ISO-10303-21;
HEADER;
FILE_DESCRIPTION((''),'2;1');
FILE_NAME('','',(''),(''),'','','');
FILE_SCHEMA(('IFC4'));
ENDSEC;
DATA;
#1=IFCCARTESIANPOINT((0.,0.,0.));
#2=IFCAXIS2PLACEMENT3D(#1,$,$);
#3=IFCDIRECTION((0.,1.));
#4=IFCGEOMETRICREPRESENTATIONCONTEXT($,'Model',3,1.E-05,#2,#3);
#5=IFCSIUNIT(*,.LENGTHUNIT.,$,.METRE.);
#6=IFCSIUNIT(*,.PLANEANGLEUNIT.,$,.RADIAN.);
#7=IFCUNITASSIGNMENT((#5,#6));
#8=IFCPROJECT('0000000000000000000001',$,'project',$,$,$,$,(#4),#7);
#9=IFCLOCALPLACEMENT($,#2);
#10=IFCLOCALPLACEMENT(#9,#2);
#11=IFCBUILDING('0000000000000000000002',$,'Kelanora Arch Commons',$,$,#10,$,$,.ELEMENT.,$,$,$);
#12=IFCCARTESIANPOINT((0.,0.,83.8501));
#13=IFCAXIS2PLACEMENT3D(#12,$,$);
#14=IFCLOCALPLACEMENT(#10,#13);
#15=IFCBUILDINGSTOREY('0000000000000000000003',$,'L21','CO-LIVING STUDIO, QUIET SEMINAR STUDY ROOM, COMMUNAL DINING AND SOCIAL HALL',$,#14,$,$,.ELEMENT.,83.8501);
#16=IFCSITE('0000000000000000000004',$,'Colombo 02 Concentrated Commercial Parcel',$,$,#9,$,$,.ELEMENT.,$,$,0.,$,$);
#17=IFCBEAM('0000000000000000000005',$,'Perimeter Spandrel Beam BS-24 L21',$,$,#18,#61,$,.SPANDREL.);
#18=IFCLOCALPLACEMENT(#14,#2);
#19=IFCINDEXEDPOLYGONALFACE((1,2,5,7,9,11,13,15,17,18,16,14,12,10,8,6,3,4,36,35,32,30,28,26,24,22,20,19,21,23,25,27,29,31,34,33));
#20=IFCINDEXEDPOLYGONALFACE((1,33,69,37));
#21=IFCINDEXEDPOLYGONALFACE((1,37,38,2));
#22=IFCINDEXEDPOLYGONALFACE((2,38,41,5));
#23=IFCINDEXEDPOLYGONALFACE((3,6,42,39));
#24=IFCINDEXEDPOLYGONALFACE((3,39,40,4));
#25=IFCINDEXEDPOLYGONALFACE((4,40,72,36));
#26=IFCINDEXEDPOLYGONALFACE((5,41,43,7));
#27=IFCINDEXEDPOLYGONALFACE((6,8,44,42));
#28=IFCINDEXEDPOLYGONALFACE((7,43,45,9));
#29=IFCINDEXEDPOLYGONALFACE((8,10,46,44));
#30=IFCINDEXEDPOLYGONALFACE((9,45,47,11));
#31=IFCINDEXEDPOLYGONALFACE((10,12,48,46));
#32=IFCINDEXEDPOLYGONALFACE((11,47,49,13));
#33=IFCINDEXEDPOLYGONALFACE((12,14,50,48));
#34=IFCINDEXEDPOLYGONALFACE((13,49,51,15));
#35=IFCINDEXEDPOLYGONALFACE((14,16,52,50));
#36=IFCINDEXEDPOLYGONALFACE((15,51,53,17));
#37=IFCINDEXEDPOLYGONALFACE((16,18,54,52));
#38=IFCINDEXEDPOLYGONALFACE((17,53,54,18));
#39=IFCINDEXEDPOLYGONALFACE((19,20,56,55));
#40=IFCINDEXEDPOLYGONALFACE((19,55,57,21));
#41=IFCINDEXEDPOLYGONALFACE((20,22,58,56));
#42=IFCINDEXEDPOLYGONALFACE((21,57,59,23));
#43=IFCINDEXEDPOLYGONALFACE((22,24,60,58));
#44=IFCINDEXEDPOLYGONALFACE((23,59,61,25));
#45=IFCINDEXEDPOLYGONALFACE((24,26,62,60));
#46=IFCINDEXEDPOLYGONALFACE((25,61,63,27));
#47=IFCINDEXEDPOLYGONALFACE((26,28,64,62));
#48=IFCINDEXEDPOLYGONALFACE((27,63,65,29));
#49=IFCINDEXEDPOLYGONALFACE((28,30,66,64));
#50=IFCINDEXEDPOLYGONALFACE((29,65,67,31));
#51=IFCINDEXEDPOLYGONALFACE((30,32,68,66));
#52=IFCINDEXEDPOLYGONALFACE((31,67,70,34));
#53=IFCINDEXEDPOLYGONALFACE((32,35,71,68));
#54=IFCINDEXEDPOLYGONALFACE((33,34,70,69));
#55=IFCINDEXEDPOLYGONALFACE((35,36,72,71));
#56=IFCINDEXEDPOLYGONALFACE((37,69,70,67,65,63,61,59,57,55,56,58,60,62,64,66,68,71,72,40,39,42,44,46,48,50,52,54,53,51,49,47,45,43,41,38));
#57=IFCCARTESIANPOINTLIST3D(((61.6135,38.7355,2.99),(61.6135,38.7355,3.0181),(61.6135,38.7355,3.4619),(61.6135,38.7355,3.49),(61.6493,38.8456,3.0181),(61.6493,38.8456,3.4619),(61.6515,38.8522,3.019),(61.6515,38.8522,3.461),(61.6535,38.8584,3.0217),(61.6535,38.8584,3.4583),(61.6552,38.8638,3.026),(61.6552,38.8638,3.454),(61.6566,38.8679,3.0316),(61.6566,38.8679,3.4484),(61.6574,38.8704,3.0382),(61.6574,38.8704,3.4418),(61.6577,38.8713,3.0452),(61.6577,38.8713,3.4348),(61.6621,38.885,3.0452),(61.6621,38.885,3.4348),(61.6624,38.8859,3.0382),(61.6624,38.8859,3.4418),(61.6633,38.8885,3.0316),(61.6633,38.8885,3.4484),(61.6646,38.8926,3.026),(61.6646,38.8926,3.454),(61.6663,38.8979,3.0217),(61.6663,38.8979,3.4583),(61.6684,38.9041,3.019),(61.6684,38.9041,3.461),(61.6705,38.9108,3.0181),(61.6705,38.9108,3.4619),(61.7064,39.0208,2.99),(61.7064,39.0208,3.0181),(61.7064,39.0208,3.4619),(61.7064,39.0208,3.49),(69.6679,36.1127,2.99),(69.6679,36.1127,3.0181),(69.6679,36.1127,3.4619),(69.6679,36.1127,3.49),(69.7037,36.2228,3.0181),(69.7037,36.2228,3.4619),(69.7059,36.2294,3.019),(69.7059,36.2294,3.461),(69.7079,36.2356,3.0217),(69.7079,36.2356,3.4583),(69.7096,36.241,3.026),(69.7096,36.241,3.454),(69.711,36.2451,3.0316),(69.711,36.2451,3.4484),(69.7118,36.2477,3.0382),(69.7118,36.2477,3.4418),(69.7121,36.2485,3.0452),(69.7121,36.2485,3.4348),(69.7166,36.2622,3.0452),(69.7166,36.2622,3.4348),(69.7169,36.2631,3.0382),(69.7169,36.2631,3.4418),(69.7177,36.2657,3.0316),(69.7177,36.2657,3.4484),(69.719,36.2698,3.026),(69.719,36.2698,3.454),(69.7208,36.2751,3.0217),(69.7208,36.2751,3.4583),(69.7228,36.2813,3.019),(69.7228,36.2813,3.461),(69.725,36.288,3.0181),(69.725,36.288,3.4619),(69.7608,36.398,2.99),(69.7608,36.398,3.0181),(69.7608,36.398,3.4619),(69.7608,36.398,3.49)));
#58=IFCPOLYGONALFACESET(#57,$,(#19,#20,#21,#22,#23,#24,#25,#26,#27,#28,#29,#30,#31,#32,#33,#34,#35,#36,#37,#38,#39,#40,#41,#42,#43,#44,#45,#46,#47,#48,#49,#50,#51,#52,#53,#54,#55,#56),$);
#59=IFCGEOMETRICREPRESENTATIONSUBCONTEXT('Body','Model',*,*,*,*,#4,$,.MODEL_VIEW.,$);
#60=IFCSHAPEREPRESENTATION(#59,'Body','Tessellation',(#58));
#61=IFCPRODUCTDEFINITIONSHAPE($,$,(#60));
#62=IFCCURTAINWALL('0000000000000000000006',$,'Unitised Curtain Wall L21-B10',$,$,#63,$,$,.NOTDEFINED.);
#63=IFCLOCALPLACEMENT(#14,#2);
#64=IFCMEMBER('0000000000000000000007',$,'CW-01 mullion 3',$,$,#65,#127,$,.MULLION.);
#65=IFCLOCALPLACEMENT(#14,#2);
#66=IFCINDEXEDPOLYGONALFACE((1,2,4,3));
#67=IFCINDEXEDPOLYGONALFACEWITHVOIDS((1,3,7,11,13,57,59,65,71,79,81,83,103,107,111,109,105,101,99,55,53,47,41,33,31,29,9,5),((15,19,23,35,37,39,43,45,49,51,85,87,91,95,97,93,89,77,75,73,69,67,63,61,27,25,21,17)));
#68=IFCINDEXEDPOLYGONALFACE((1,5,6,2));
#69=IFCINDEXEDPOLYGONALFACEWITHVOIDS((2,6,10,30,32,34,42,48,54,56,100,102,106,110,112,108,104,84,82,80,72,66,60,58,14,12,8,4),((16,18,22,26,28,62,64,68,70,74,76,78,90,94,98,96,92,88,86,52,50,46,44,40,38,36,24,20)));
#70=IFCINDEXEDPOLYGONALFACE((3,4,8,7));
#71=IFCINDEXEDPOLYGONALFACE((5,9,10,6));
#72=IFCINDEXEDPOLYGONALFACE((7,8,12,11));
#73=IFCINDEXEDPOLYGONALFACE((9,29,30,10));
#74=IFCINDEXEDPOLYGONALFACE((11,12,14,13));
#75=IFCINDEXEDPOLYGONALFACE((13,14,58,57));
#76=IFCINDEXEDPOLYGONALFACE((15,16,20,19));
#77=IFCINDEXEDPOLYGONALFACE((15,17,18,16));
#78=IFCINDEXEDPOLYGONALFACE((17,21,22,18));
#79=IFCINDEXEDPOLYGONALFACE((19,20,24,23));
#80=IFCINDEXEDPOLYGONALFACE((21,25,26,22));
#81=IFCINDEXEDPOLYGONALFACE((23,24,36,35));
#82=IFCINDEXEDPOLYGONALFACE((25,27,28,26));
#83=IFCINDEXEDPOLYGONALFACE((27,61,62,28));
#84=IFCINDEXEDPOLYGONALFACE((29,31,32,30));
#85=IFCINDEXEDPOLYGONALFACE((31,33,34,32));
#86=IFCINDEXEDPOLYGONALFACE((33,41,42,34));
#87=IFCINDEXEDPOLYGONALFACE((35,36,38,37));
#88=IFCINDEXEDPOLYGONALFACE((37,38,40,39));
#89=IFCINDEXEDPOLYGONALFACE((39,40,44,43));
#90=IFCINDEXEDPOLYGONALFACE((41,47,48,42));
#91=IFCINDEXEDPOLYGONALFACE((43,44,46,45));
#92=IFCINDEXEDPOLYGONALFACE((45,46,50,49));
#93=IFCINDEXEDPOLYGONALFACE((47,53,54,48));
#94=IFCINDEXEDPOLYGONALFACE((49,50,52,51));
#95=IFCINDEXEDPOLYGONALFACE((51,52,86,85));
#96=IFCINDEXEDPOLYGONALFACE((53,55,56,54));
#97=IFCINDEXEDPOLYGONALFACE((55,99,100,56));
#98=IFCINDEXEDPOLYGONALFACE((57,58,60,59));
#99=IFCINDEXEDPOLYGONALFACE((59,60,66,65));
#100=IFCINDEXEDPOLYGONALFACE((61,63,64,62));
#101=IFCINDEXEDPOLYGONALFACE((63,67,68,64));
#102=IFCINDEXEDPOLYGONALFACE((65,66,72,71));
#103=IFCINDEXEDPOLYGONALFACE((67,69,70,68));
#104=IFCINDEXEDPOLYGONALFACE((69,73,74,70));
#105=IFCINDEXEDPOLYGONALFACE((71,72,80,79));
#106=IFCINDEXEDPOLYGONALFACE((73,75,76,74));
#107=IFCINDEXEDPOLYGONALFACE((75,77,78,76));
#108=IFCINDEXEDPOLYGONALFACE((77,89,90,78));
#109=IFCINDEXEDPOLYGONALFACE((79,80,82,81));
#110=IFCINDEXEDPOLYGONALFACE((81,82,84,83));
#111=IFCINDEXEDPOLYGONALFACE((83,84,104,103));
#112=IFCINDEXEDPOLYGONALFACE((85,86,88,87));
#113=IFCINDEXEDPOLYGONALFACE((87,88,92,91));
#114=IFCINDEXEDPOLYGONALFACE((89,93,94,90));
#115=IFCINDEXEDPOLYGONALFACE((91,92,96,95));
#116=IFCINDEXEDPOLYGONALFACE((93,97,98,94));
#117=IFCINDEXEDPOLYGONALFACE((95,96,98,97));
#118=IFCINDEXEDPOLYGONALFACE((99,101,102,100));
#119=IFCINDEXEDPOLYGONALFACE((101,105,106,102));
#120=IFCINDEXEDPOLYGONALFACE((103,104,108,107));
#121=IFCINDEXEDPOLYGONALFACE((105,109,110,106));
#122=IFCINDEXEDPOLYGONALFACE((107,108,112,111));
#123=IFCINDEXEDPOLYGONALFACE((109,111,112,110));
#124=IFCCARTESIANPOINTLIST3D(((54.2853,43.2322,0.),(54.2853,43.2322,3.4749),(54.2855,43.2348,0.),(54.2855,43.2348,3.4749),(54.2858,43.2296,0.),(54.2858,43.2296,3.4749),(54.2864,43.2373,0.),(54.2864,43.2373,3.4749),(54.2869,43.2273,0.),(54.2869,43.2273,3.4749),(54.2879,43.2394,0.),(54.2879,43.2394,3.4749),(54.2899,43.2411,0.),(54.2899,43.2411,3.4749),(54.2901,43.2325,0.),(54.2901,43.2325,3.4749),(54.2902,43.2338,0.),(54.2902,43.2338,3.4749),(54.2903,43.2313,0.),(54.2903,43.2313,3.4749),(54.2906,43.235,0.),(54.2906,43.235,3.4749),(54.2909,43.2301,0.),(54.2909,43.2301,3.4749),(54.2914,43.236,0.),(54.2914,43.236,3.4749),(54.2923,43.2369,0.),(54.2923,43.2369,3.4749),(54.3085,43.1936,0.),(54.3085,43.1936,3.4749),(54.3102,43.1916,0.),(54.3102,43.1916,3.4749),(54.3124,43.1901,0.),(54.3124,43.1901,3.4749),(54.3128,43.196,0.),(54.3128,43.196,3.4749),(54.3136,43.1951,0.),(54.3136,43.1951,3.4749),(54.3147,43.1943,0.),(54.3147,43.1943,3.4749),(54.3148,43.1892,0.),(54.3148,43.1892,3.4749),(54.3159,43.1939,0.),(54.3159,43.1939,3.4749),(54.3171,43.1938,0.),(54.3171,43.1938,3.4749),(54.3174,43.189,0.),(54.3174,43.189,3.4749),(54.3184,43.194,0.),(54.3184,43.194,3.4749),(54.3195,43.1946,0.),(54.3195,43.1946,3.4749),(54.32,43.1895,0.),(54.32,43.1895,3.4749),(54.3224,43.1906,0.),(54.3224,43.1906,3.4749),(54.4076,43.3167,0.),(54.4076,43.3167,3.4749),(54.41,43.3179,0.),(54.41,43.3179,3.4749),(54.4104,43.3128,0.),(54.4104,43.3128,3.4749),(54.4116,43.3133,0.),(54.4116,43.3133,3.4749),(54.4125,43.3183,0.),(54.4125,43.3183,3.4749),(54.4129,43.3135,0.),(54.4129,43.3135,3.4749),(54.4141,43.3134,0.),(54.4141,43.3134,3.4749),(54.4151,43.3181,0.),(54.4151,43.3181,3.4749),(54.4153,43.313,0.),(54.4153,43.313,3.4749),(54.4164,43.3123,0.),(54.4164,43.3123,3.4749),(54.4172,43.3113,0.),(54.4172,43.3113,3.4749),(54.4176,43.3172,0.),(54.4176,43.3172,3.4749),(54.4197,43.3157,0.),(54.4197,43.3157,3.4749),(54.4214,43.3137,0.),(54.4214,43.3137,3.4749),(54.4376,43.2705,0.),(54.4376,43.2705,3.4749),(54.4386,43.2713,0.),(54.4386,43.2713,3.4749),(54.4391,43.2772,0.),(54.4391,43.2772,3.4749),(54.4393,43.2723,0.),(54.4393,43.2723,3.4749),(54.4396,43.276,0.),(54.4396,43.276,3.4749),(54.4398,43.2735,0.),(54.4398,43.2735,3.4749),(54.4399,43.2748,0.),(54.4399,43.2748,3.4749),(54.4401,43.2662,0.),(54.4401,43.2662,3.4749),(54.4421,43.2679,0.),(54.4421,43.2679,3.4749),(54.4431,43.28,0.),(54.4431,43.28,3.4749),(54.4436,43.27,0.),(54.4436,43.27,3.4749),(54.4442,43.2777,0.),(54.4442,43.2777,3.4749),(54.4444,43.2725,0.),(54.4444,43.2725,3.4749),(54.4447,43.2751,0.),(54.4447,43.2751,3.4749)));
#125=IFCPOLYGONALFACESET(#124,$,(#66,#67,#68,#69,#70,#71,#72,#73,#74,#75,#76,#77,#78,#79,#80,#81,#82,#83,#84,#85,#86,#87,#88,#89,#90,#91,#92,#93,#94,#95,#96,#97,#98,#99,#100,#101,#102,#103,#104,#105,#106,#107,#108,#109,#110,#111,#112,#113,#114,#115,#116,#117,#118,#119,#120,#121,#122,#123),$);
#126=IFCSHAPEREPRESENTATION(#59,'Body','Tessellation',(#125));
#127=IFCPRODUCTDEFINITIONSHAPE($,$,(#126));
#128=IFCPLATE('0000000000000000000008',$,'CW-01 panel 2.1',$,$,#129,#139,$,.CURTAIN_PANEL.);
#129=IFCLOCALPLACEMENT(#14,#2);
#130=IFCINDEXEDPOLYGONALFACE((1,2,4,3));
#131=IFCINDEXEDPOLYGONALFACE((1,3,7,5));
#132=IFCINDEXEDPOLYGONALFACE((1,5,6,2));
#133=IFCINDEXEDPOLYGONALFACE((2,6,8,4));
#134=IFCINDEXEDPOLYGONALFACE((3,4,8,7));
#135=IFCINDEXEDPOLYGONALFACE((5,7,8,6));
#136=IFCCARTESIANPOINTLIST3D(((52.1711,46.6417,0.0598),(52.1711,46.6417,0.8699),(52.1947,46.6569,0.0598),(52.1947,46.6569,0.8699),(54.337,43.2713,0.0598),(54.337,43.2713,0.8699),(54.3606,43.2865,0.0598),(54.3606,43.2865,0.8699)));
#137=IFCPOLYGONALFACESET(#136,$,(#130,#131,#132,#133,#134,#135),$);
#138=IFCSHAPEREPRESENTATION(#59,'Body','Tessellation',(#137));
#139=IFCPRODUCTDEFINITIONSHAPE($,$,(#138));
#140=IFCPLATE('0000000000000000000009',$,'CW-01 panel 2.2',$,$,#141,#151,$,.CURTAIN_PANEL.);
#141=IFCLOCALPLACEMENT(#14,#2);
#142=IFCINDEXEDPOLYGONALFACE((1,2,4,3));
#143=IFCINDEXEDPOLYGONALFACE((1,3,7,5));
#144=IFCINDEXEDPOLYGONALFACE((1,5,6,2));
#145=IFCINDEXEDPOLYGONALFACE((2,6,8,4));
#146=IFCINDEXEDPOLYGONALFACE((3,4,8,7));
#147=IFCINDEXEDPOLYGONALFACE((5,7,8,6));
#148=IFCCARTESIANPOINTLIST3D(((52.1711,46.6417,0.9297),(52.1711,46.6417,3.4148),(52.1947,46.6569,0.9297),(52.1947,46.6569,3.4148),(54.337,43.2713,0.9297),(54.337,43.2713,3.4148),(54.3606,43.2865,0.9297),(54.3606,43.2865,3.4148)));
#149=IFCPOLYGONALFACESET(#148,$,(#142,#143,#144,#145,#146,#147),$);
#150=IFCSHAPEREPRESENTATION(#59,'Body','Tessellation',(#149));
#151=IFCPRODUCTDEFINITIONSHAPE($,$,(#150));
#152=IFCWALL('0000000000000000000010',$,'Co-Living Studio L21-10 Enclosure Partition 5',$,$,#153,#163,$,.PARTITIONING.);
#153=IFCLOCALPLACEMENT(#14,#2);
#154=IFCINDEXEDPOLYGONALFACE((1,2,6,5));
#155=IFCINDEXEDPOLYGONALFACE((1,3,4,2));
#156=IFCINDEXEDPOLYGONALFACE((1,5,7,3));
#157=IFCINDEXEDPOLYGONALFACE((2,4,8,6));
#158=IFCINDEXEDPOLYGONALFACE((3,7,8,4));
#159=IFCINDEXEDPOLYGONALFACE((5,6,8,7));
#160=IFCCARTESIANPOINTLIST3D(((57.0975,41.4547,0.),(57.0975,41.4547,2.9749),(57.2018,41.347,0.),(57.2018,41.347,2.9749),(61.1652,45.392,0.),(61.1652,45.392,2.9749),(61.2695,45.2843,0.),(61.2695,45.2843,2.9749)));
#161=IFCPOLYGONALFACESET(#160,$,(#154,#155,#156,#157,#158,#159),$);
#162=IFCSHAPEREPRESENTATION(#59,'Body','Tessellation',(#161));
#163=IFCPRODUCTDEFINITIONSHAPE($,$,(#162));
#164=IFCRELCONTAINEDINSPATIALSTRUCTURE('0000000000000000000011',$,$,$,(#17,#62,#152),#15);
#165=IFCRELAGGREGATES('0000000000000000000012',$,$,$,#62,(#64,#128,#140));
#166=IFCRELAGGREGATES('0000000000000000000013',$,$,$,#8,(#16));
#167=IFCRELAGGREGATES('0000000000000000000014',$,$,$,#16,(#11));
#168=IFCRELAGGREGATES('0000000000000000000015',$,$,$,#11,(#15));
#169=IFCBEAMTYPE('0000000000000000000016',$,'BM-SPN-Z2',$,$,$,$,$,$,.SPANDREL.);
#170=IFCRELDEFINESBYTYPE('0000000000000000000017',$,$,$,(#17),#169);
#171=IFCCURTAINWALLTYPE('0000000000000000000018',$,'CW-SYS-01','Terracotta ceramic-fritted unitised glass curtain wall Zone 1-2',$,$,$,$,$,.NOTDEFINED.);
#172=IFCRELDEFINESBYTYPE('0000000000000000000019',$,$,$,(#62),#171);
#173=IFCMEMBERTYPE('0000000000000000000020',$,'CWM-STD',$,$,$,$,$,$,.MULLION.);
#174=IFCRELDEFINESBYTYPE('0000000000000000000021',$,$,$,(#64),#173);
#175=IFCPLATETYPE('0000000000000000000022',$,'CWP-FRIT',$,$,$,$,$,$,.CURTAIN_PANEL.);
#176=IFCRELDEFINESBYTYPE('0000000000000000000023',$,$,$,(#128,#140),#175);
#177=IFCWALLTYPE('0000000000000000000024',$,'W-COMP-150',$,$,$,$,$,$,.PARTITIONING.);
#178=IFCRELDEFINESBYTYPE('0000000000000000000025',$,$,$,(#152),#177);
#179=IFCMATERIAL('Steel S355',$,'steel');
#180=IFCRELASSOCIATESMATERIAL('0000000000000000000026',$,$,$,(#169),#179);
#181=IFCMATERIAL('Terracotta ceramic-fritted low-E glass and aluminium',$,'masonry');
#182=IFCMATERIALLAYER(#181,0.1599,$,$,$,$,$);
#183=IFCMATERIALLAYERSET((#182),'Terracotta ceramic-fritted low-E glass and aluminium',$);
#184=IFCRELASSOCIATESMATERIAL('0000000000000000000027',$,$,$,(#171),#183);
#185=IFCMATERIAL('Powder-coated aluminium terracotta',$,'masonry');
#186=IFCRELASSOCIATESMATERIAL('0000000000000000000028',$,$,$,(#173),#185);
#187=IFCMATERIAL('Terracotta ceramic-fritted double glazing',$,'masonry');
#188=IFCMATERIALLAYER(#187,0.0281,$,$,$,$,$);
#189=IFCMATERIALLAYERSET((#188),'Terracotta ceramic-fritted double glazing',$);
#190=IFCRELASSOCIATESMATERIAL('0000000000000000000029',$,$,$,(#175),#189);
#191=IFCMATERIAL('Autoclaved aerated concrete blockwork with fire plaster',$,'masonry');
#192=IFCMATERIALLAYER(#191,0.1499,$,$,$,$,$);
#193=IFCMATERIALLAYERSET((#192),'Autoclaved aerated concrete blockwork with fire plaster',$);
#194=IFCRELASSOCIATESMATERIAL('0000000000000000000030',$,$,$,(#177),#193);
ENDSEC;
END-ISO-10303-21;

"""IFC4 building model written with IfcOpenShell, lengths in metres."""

from ifc_helpers import new_model, si_unit, direction, frame, frame_2d, origin, origin_2d, place, context, subcontext, project, spatial, rectangle, hollow_rectangle, i_section, extrude, source, transform, mapped, material, layer, layer_set, material_profile, profile_set, type_object, element, aggregate, save


model = new_model("IFC4")

# Units and contexts
model_context = context("Model", 3, precision=1e-05, world=origin(), true_north=direction((0.0, 1.0)))
body_context = subcontext(model_context, "Body", "Model", "MODEL_VIEW")
ifc_project = project(units=[si_unit("LENGTHUNIT", "METRE"), si_unit("PLANEANGLEUNIT", "RADIAN")], contexts=[model_context])

# Site, building, storey
site_placement = place(None, origin())
site = spatial("IfcSite", under=ifc_project, at=site_placement, Name="Colombo 02 Concentrated Commercial Parcel", CompositionType="ELEMENT", RefElevation=0.0)
building_placement = place(site_placement, origin())
building = spatial("IfcBuilding", under=site, at=building_placement, Name="Kelanora Arch Commons", CompositionType="ELEMENT")
storey_placement = place(building_placement, frame((0.0, 0.0, 83.8501)))
storey = spatial("IfcBuildingStorey", under=building, at=storey_placement, Name="L21", Description="CO-LIVING STUDIO, QUIET SEMINAR STUDY ROOM, COMMUNAL DINING AND SOCIAL HALL", CompositionType="ELEMENT", Elevation=83.8501)

# Beam
ifc_material_1 = material(Name="Steel S355", Category="steel")
ifc_material_profile_1 = material_profile(ifc_material_1, i_section(OverallWidth=0.3, OverallDepth=0.5, WebThickness=0.0144, FlangeThickness=0.0281, FilletRadius=0.0271, at=origin_2d()), Name="HEB500")
ifc_profile_set_1 = profile_set([ifc_material_profile_1], Name="Steel S355")
beam_type_1 = type_object("IfcBeamType", Name="BM-SPN-Z2", PredefinedType="SPANDREL", material=ifc_profile_set_1)
beam_1_placement = place(storey_placement, frame((61.6599, 38.8782, 3.24), z_axis=(0.950857, -0.309631, 0.0), x_axis=(0.309631, 0.950857, 0.0)))
element("IfcBeam", 1, at=beam_1_placement, inside=storey, type_object=beam_type_1, Name="Perimeter Spandrel Beam BS-24 L21", PredefinedType="SPANDREL", context=body_context, shape_type="SweptSolid", body=[
    extrude(i_section(OverallWidth=0.3, OverallDepth=0.5, WebThickness=0.0144, FlangeThickness=0.0281, FilletRadius=0.0271, at=origin_2d()), origin(), (0.0, 0.0, 1.0), 8.4707),
])

# Curtain wall, member, plates
ifc_material_2 = material(Name="Terracotta ceramic-fritted low-E glass and aluminium", Category="masonry")
ifc_layer_1 = layer(ifc_material_2, 0.1599)
ifc_layer_set_1 = layer_set([ifc_layer_1], Name="Terracotta ceramic-fritted low-E glass and aluminium")
curtain_wall_type = type_object("IfcCurtainWallType", Name="CW-SYS-01", Description="Terracotta ceramic-fritted unitised glass curtain wall Zone 1-2", PredefinedType="NOTDEFINED", material=ifc_layer_set_1)
curtain_wall_placement = place(storey_placement, origin())
curtain_wall = element("IfcCurtainWall", 2, at=curtain_wall_placement, inside=storey, type_object=curtain_wall_type, Name="Unitised Curtain Wall L21-B10", PredefinedType="NOTDEFINED")
ifc_material_3 = material(Name="Powder-coated aluminium terracotta", Category="masonry")
ifc_material_profile_2 = material_profile(ifc_material_3, hollow_rectangle(XDim=0.1599, YDim=0.0601, WallThickness=0.0049, InnerFilletRadius=0.0049, OuterFilletRadius=0.01, at=origin_2d()), Name="CWM160x60")
ifc_profile_set_2 = profile_set([ifc_material_profile_2], Name="Powder-coated aluminium terracotta")
member_type = type_object("IfcMemberType", Name="CWM-STD", PredefinedType="MULLION", material=ifc_profile_set_2)
member_placement = place(storey_placement, frame((54.365, 43.2537, 0.0), z_axis=(0.0, 0.0, 1.0), x_axis=(0.841269, 0.540617, 0.0)))
member = element("IfcMember", 3, at=member_placement, type_object=member_type, Name="CW-01 mullion 3", PredefinedType="MULLION", context=body_context, shape_type="SweptSolid", body=[
    extrude(hollow_rectangle(XDim=0.1599, YDim=0.0601, WallThickness=0.0049, InnerFilletRadius=0.0049, OuterFilletRadius=0.01, at=origin_2d()), origin(), (0.0, 0.0, 1.0), 3.4749),
])
ifc_material_4 = material(Name="Terracotta ceramic-fritted double glazing", Category="masonry")
ifc_layer_2 = layer(ifc_material_4, 0.0281)
ifc_layer_set_2 = layer_set([ifc_layer_2], Name="Terracotta ceramic-fritted double glazing")
plate_type = type_object("IfcPlateType", Name="CWP-FRIT", PredefinedType="CURTAIN_PANEL", material=ifc_layer_set_2)
shared_shape_1 = source(origin(), body_context, "Body", "SweptSolid", [
    extrude(rectangle(XDim=4.0063, YDim=0.0281, at=origin_2d()), origin(), (0.0, 0.0, 1.0), 0.8101),
])
plate_1_placement = place(storey_placement, frame((53.2659, 44.9641, 0.0598), z_axis=(0.0, 0.0, 1.0), x_axis=(0.540617, -0.841269, 0.0)))
plate_1 = element("IfcPlate", 4, at=plate_1_placement, type_object=plate_type, Name="CW-01 panel 2.1", PredefinedType="CURTAIN_PANEL", context=body_context, shape_type="MappedRepresentation", body=[
    mapped(shared_shape_1, transform((0.0, 0.0, 0.0), scale=1.0)),
])
shared_shape_2 = source(origin(), body_context, "Body", "SweptSolid", [
    extrude(rectangle(XDim=4.0063, YDim=0.0281, at=origin_2d()), origin(), (0.0, 0.0, 1.0), 2.4851),
])
plate_2_placement = place(storey_placement, frame((53.2659, 44.9641, 0.9297), z_axis=(0.0, 0.0, 1.0), x_axis=(0.540617, -0.841269, 0.0)))
plate_2 = element("IfcPlate", 5, at=plate_2_placement, type_object=plate_type, Name="CW-01 panel 2.2", PredefinedType="CURTAIN_PANEL", context=body_context, shape_type="MappedRepresentation", body=[
    mapped(shared_shape_2, transform((0.0, 0.0, 0.0), scale=1.0)),
])
aggregate(curtain_wall, [member, plate_1, plate_2])

# Wall
ifc_material_5 = material(Name="Autoclaved aerated concrete blockwork with fire plaster", Category="masonry")
ifc_layer_3 = layer(ifc_material_5, 0.1499)
ifc_layer_set_3 = layer_set([ifc_layer_3], Name="Autoclaved aerated concrete blockwork with fire plaster")
wall_type_1 = type_object("IfcWallType", Name="W-COMP-150", PredefinedType="PARTITIONING", material=ifc_layer_set_3)
wall_1_placement = place(storey_placement, frame((57.1497, 41.4009, 0.0), z_axis=(0.0, 0.0, 1.0), x_axis=(0.718528, 0.695498, 0.0)))
element("IfcWall", 6, at=wall_1_placement, inside=storey, type_object=wall_type_1, Name="Co-Living Studio L21-10 Enclosure Partition 5", PredefinedType="PARTITIONING", context=body_context, shape_type="SweptSolid", body=[
    extrude(rectangle(XDim=5.6611, YDim=0.1499, at=frame_2d((2.8306, 0.0))), origin(), (0.0, 0.0, 1.0), 2.9749),
])

save(model, "model.ifc")
